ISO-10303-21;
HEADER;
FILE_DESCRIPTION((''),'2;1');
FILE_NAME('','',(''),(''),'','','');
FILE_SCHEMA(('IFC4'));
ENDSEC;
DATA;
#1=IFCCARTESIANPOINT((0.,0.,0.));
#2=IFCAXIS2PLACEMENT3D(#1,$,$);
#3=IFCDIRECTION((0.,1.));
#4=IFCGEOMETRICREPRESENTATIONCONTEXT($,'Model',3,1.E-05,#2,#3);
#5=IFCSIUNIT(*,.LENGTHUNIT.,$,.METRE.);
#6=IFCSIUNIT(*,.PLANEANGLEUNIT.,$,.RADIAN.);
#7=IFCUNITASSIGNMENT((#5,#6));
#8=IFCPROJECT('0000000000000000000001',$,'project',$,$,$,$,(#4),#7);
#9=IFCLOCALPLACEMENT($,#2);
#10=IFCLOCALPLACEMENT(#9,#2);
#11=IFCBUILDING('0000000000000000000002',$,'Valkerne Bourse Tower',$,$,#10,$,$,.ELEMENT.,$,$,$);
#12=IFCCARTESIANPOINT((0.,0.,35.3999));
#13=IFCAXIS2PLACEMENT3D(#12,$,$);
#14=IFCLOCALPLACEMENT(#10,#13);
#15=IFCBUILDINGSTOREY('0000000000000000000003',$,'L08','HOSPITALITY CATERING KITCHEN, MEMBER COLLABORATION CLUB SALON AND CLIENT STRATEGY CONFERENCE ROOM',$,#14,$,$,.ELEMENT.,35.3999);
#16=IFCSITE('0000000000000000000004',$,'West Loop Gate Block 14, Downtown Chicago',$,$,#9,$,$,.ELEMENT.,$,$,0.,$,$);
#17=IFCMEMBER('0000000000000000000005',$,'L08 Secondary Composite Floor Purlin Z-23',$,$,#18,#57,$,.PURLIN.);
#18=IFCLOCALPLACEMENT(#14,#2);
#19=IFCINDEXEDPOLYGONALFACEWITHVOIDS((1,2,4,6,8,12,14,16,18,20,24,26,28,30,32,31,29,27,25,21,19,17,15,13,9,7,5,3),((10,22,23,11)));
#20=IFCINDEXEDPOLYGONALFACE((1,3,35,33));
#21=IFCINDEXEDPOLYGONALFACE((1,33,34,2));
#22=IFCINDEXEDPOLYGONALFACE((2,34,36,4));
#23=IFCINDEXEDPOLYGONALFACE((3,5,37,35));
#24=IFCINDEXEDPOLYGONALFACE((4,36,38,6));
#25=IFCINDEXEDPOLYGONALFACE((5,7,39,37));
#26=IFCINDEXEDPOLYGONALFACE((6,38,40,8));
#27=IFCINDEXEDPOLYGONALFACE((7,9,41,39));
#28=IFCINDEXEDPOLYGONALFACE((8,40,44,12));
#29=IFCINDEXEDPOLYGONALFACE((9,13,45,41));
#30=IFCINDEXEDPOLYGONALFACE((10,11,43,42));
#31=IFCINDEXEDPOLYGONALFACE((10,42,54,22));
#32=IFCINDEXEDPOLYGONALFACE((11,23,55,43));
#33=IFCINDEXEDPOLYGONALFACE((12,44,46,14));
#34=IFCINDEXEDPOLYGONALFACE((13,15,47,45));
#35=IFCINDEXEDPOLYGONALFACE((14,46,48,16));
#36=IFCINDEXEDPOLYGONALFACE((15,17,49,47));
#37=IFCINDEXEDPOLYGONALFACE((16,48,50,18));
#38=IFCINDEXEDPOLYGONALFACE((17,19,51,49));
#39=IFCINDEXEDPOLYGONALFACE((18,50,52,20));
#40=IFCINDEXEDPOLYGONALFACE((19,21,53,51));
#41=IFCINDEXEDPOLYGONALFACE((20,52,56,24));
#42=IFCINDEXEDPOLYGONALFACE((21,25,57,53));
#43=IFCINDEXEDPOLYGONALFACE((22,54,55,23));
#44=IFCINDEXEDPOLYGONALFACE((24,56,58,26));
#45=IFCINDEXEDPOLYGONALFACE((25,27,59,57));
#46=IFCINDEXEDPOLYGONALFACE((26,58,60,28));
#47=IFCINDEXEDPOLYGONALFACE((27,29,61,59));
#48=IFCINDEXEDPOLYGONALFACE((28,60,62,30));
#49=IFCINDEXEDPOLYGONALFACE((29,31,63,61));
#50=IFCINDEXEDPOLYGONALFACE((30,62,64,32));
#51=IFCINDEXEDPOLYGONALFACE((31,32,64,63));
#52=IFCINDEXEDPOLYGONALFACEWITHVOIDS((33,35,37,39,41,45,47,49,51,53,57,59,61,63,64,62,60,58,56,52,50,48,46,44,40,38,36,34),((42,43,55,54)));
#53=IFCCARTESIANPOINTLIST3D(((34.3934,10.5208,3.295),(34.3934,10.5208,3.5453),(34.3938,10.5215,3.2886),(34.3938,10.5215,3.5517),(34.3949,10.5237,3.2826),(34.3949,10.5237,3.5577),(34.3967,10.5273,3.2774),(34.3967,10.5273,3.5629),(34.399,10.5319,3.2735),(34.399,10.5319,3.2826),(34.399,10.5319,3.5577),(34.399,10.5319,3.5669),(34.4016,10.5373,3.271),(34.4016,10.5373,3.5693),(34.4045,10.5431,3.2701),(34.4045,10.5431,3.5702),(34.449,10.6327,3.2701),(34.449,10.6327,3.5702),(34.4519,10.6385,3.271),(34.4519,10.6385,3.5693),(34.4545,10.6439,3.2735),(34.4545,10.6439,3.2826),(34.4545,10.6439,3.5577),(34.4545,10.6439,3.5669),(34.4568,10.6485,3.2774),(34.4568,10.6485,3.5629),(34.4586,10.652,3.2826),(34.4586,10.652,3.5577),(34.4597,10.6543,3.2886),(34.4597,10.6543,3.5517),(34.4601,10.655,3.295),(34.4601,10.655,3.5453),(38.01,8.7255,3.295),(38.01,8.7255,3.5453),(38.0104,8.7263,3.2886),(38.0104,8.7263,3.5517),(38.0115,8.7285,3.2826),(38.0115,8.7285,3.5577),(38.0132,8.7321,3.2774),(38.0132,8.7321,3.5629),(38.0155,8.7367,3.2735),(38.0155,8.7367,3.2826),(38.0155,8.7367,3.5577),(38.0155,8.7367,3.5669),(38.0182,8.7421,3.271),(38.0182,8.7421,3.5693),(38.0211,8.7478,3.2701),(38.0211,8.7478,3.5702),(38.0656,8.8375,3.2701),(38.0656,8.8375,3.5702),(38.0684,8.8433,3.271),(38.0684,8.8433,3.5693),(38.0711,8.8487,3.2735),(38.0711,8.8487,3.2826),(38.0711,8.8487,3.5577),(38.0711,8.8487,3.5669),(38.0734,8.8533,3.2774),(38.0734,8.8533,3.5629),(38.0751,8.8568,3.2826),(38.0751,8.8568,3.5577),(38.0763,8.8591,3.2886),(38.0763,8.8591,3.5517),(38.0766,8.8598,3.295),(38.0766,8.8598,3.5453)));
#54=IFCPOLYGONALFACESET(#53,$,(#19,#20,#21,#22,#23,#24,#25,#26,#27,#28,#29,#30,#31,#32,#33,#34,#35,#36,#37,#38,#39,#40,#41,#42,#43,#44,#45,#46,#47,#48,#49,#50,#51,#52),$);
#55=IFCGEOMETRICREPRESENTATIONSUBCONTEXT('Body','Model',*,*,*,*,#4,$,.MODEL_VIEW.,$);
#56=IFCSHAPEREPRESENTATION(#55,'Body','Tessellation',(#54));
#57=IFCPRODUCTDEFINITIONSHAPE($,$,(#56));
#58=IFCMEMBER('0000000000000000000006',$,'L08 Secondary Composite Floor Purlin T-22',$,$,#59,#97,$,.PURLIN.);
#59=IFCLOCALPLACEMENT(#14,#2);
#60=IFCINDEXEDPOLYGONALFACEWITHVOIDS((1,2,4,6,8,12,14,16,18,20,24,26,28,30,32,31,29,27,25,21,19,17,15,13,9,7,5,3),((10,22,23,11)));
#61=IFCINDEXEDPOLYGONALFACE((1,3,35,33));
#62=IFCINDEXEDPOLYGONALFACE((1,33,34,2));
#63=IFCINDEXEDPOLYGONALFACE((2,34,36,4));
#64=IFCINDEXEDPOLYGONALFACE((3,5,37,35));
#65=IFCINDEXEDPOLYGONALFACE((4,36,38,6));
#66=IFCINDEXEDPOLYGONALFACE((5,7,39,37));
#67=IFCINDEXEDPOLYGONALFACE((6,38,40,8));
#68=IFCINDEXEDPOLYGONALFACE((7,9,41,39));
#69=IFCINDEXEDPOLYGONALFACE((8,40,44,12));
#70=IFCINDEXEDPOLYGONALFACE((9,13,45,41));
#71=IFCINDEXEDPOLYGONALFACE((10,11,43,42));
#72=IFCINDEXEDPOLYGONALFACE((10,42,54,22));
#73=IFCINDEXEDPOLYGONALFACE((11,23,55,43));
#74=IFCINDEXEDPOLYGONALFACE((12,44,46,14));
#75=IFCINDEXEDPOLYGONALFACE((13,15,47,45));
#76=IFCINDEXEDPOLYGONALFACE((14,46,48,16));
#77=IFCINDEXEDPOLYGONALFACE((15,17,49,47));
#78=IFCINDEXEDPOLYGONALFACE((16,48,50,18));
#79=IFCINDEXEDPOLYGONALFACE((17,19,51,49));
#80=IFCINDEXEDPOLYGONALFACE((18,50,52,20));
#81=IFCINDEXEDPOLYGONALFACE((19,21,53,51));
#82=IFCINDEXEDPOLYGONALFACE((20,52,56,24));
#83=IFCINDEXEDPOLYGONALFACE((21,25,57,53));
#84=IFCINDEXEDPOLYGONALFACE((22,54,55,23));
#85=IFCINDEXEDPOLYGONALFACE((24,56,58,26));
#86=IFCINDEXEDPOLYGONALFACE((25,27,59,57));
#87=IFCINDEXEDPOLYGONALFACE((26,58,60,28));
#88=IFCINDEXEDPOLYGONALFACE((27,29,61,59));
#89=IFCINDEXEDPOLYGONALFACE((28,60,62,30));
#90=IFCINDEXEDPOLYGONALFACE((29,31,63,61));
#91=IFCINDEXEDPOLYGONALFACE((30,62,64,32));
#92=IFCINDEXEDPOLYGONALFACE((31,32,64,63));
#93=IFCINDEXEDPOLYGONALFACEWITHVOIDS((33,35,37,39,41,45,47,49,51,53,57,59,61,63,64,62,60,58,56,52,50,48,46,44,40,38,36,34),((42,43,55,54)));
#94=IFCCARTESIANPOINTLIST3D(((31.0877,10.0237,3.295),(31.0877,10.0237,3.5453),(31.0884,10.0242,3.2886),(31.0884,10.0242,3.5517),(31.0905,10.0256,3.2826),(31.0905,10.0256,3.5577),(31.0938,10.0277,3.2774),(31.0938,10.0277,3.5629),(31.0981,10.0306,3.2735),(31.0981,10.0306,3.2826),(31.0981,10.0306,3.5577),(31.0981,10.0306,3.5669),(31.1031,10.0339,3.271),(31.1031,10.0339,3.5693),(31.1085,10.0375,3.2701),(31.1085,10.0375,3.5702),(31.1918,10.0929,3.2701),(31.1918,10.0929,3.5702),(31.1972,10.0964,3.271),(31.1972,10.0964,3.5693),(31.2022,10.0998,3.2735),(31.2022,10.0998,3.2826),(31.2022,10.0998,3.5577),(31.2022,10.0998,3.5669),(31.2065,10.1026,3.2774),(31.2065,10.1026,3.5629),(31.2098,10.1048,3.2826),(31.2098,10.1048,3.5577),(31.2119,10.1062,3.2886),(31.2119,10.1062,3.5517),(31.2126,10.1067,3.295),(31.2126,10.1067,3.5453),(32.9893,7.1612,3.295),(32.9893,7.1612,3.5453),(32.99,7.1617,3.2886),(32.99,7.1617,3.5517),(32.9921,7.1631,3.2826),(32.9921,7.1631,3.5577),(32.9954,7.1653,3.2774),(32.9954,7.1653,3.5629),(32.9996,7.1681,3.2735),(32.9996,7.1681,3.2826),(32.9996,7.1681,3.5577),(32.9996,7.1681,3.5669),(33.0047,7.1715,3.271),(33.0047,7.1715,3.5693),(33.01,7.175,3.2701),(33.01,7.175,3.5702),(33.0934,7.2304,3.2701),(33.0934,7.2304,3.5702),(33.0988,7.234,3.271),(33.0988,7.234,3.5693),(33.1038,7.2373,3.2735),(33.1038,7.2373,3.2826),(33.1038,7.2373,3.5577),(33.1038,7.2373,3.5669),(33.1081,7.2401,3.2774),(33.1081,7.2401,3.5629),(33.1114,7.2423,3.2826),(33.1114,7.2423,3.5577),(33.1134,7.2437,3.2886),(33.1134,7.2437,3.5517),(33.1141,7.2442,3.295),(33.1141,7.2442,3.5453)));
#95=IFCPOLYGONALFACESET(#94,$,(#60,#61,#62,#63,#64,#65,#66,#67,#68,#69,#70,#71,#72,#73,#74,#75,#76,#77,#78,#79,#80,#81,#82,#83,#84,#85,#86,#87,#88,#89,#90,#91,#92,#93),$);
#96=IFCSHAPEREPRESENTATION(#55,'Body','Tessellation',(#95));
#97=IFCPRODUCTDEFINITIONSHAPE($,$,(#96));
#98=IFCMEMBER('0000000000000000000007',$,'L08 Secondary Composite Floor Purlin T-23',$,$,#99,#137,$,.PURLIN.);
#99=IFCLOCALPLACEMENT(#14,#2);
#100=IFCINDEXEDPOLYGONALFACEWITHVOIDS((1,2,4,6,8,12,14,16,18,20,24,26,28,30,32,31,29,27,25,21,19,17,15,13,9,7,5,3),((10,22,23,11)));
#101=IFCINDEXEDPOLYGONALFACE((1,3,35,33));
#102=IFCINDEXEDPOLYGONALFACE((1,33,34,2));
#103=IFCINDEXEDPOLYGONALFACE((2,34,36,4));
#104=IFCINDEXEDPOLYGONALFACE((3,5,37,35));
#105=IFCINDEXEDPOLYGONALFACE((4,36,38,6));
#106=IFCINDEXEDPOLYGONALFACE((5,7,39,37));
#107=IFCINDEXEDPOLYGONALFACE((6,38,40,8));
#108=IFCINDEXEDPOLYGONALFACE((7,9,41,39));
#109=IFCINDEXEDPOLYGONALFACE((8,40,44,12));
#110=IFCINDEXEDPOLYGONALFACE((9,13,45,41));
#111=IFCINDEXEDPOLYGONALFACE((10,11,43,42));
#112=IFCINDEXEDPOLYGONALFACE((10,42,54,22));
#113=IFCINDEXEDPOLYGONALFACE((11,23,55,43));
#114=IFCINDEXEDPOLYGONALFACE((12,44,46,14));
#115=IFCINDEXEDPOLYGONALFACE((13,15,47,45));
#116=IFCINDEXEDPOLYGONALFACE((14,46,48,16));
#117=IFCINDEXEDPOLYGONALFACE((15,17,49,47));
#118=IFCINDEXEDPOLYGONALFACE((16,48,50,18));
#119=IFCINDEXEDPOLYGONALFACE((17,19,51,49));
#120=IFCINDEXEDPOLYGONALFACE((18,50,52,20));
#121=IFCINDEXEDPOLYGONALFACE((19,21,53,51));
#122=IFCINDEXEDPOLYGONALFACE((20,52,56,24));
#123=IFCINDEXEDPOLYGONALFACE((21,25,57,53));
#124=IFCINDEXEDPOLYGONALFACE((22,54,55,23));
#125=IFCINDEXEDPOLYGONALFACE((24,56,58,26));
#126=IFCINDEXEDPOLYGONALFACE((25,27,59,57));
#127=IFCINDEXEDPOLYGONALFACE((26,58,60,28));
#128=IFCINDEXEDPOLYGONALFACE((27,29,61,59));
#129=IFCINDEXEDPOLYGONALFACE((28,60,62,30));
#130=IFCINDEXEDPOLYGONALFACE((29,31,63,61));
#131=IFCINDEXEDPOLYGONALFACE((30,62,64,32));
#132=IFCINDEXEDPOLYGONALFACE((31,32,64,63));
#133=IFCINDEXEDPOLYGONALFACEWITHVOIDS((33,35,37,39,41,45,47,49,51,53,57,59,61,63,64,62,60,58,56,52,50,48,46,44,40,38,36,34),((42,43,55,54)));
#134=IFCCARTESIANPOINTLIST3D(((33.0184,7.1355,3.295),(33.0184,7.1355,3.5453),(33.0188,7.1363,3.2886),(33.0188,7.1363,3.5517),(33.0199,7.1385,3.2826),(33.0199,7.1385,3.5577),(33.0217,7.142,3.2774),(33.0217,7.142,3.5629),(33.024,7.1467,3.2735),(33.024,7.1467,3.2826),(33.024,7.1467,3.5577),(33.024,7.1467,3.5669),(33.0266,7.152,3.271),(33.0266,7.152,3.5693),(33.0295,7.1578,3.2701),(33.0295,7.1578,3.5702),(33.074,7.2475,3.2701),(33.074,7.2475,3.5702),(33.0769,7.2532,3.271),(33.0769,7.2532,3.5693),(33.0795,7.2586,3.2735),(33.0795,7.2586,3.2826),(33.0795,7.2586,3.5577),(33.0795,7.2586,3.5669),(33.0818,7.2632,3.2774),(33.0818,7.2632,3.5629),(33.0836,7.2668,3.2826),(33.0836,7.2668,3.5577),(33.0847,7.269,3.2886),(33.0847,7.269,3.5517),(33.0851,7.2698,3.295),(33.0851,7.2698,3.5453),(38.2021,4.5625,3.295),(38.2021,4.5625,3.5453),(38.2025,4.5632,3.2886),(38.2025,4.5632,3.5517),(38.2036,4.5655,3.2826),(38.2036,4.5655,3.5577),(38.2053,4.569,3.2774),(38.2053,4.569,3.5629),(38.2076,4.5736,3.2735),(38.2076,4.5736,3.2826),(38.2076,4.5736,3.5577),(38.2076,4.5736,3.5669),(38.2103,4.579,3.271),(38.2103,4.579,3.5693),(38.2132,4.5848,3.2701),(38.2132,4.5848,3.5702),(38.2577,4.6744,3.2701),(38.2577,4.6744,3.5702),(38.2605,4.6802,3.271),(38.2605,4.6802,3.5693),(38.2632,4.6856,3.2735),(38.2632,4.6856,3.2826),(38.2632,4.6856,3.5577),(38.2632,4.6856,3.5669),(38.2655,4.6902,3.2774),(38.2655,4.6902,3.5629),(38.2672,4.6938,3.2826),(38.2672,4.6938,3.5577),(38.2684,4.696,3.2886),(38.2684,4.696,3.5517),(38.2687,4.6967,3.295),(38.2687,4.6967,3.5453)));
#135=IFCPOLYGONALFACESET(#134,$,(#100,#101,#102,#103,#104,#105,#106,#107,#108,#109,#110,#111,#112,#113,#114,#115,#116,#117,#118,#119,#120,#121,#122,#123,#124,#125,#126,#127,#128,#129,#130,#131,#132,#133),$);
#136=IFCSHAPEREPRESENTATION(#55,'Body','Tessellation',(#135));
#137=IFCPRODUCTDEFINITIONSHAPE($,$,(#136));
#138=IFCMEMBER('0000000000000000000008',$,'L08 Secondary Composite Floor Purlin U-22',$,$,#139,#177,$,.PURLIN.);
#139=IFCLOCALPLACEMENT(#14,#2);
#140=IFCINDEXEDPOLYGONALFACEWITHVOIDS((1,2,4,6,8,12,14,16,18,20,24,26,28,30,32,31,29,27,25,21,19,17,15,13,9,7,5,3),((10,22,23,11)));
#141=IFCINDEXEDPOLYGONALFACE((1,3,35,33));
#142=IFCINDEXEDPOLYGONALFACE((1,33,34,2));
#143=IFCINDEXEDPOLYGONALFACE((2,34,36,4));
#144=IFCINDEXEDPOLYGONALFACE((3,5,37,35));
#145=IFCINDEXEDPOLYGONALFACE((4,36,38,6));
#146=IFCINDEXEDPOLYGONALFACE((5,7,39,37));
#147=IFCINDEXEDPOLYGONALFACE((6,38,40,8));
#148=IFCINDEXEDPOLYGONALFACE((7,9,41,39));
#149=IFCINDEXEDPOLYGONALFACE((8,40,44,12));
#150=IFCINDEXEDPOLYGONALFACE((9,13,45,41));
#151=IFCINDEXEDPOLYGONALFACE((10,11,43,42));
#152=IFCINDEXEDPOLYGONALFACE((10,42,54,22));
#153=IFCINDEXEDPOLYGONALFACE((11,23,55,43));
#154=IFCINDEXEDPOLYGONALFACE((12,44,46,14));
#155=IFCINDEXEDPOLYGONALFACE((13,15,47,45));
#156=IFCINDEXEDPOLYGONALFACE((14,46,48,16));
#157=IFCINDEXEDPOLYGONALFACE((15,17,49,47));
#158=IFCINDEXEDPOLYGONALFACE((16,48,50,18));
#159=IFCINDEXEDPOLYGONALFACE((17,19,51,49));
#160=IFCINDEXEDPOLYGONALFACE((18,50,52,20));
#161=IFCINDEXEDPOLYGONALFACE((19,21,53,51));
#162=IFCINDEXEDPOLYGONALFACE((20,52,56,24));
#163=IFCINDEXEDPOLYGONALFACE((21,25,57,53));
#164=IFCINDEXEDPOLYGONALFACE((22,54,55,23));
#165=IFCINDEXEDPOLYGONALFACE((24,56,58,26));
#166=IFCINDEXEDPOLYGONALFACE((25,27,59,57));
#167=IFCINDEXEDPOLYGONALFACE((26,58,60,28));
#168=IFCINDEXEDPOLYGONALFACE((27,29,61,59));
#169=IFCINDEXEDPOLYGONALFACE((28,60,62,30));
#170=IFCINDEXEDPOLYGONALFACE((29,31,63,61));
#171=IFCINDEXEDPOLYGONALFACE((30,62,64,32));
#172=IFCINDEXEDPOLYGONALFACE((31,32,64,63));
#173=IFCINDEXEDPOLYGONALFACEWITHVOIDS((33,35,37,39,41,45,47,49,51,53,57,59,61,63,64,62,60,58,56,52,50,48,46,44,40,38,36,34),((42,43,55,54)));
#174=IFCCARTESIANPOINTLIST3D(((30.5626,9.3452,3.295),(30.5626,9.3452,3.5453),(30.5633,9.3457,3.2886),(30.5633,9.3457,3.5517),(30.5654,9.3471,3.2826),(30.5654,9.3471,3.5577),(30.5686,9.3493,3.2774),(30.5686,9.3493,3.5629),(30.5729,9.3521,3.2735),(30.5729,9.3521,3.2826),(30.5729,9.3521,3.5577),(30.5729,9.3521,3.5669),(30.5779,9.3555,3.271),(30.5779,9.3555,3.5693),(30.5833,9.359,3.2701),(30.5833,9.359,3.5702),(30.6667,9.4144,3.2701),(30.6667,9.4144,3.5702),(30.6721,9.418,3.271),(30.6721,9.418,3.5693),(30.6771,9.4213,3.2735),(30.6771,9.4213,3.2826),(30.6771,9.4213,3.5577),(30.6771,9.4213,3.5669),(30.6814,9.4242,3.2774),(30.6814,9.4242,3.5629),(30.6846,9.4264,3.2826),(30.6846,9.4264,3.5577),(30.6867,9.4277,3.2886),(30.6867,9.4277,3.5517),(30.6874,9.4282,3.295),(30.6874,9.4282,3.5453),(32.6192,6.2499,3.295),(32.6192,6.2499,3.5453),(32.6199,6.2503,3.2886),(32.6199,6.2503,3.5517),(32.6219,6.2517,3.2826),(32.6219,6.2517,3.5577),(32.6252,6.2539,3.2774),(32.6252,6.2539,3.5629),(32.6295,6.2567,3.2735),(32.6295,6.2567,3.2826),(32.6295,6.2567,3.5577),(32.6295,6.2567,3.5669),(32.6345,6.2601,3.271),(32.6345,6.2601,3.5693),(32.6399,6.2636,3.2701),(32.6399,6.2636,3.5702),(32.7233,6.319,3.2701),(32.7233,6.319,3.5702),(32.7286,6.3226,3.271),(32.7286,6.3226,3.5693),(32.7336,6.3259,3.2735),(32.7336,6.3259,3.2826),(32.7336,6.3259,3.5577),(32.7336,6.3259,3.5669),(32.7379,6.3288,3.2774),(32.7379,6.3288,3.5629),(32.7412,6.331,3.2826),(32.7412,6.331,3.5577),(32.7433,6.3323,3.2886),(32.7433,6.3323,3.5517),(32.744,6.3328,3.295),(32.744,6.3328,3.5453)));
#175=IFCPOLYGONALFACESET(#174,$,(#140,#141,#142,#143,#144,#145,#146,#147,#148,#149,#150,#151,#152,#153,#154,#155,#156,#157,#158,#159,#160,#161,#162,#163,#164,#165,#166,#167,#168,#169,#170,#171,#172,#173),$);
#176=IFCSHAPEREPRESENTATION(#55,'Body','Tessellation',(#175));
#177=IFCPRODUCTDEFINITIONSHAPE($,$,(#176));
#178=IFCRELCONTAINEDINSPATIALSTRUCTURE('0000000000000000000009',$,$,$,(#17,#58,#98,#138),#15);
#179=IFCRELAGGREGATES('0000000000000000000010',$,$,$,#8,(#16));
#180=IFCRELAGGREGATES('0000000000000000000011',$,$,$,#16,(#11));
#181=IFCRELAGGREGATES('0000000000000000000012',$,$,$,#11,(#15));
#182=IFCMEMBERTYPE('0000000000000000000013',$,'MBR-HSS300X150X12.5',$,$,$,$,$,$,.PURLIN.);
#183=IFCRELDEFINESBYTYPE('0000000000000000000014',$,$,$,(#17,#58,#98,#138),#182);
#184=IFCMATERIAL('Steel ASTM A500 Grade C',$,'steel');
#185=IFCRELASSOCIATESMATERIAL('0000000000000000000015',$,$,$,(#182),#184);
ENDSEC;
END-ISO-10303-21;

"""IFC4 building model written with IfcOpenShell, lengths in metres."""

from ifc_helpers import new_model, si_unit, direction, frame, origin, origin_2d, place, context, subcontext, project, spatial, hollow_rectangle, extrude, material, material_profile, profile_set, type_object, element, save


model = new_model("IFC4")

# Units and contexts
model_context = context("Model", 3, precision=1e-05, world=origin(), true_north=direction((0.0, 1.0)))
body_context = subcontext(model_context, "Body", "Model", "MODEL_VIEW")
ifc_project = project(units=[si_unit("LENGTHUNIT", "METRE"), si_unit("PLANEANGLEUNIT", "RADIAN")], contexts=[model_context])

# Site, building, storey
site_placement = place(None, origin())
site = spatial("IfcSite", under=ifc_project, at=site_placement, Name="West Loop Gate Block 14, Downtown Chicago", CompositionType="ELEMENT", RefElevation=0.0)
building_placement = place(site_placement, origin())
building = spatial("IfcBuilding", under=site, at=building_placement, Name="Valkerne Bourse Tower", CompositionType="ELEMENT")
storey_placement = place(building_placement, frame((0.0, 0.0, 35.3999)))
storey = spatial("IfcBuildingStorey", under=building, at=storey_placement, Name="L08", Description="HOSPITALITY CATERING KITCHEN, MEMBER COLLABORATION CLUB SALON AND CLIENT STRATEGY CONFERENCE ROOM", CompositionType="ELEMENT", Elevation=35.3999)

# Members
ifc_material_1 = material(Name="Steel ASTM A500 Grade C", Category="steel")
ifc_material_profile_1 = material_profile(ifc_material_1, hollow_rectangle(XDim=0.1499, YDim=0.3, WallThickness=0.0125, OuterFilletRadius=0.0249, at=origin_2d()), Name="HSS300X150X12.5")
ifc_profile_set_1 = profile_set([ifc_material_profile_1], Name="Steel ASTM A500 Grade C")
member_type_1 = type_object("IfcMemberType", Name="MBR-HSS300X150X12.5", PredefinedType="PURLIN", material=ifc_profile_set_1)
member_1_placement = place(storey_placement, frame((34.4268, 10.5879, 3.4202), z_axis=(0.895717, -0.444624, 0.0), x_axis=(0.444624, 0.895717, 0.0)))
element("IfcMember", 1, at=member_1_placement, inside=storey, type_object=member_type_1, Name="L08 Secondary Composite Floor Purlin Z-23", PredefinedType="PURLIN", context=body_context, shape_type="SweptSolid", body=[
    extrude(hollow_rectangle(XDim=0.1499, YDim=0.3, WallThickness=0.0125, OuterFilletRadius=0.0249, at=origin_2d()), origin(), (0.0, 0.0, 1.0), 4.0376),
])
member_2_placement = place(storey_placement, frame((31.1501, 10.0652, 3.4202), z_axis=(0.553339, -0.832956, 0.0), x_axis=(0.832956, 0.553339, 0.0)))
element("IfcMember", 2, at=member_2_placement, inside=storey, type_object=member_type_1, Name="L08 Secondary Composite Floor Purlin T-22", PredefinedType="PURLIN", context=body_context, shape_type="SweptSolid", body=[
    extrude(hollow_rectangle(XDim=0.1499, YDim=0.3, WallThickness=0.0125, OuterFilletRadius=0.0249, at=origin_2d()), origin(), (0.0, 0.0, 1.0), 3.4365),
])
member_3_placement = place(storey_placement, frame((33.0518, 7.2026, 3.4202), z_axis=(0.895723, -0.444613, 0.0), x_axis=(0.444613, 0.895723, 0.0)))
element("IfcMember", 3, at=member_3_placement, inside=storey, type_object=member_type_1, Name="L08 Secondary Composite Floor Purlin T-23", PredefinedType="PURLIN", context=body_context, shape_type="SweptSolid", body=[
    extrude(hollow_rectangle(XDim=0.1499, YDim=0.3, WallThickness=0.0125, OuterFilletRadius=0.0249, at=origin_2d()), origin(), (0.0, 0.0, 1.0), 5.7871),
])
member_4_placement = place(storey_placement, frame((30.625, 9.3867, 3.4202), z_axis=(0.553396, -0.832918, 0.0), x_axis=(0.832918, 0.553396, 0.0)))
element("IfcMember", 4, at=member_4_placement, inside=storey, type_object=member_type_1, Name="L08 Secondary Composite Floor Purlin U-22", PredefinedType="PURLIN", context=body_context, shape_type="SweptSolid", body=[
    extrude(hollow_rectangle(XDim=0.1499, YDim=0.3, WallThickness=0.0125, OuterFilletRadius=0.0249, at=origin_2d()), origin(), (0.0, 0.0, 1.0), 3.7163),
])

save(model, "model.ifc")
